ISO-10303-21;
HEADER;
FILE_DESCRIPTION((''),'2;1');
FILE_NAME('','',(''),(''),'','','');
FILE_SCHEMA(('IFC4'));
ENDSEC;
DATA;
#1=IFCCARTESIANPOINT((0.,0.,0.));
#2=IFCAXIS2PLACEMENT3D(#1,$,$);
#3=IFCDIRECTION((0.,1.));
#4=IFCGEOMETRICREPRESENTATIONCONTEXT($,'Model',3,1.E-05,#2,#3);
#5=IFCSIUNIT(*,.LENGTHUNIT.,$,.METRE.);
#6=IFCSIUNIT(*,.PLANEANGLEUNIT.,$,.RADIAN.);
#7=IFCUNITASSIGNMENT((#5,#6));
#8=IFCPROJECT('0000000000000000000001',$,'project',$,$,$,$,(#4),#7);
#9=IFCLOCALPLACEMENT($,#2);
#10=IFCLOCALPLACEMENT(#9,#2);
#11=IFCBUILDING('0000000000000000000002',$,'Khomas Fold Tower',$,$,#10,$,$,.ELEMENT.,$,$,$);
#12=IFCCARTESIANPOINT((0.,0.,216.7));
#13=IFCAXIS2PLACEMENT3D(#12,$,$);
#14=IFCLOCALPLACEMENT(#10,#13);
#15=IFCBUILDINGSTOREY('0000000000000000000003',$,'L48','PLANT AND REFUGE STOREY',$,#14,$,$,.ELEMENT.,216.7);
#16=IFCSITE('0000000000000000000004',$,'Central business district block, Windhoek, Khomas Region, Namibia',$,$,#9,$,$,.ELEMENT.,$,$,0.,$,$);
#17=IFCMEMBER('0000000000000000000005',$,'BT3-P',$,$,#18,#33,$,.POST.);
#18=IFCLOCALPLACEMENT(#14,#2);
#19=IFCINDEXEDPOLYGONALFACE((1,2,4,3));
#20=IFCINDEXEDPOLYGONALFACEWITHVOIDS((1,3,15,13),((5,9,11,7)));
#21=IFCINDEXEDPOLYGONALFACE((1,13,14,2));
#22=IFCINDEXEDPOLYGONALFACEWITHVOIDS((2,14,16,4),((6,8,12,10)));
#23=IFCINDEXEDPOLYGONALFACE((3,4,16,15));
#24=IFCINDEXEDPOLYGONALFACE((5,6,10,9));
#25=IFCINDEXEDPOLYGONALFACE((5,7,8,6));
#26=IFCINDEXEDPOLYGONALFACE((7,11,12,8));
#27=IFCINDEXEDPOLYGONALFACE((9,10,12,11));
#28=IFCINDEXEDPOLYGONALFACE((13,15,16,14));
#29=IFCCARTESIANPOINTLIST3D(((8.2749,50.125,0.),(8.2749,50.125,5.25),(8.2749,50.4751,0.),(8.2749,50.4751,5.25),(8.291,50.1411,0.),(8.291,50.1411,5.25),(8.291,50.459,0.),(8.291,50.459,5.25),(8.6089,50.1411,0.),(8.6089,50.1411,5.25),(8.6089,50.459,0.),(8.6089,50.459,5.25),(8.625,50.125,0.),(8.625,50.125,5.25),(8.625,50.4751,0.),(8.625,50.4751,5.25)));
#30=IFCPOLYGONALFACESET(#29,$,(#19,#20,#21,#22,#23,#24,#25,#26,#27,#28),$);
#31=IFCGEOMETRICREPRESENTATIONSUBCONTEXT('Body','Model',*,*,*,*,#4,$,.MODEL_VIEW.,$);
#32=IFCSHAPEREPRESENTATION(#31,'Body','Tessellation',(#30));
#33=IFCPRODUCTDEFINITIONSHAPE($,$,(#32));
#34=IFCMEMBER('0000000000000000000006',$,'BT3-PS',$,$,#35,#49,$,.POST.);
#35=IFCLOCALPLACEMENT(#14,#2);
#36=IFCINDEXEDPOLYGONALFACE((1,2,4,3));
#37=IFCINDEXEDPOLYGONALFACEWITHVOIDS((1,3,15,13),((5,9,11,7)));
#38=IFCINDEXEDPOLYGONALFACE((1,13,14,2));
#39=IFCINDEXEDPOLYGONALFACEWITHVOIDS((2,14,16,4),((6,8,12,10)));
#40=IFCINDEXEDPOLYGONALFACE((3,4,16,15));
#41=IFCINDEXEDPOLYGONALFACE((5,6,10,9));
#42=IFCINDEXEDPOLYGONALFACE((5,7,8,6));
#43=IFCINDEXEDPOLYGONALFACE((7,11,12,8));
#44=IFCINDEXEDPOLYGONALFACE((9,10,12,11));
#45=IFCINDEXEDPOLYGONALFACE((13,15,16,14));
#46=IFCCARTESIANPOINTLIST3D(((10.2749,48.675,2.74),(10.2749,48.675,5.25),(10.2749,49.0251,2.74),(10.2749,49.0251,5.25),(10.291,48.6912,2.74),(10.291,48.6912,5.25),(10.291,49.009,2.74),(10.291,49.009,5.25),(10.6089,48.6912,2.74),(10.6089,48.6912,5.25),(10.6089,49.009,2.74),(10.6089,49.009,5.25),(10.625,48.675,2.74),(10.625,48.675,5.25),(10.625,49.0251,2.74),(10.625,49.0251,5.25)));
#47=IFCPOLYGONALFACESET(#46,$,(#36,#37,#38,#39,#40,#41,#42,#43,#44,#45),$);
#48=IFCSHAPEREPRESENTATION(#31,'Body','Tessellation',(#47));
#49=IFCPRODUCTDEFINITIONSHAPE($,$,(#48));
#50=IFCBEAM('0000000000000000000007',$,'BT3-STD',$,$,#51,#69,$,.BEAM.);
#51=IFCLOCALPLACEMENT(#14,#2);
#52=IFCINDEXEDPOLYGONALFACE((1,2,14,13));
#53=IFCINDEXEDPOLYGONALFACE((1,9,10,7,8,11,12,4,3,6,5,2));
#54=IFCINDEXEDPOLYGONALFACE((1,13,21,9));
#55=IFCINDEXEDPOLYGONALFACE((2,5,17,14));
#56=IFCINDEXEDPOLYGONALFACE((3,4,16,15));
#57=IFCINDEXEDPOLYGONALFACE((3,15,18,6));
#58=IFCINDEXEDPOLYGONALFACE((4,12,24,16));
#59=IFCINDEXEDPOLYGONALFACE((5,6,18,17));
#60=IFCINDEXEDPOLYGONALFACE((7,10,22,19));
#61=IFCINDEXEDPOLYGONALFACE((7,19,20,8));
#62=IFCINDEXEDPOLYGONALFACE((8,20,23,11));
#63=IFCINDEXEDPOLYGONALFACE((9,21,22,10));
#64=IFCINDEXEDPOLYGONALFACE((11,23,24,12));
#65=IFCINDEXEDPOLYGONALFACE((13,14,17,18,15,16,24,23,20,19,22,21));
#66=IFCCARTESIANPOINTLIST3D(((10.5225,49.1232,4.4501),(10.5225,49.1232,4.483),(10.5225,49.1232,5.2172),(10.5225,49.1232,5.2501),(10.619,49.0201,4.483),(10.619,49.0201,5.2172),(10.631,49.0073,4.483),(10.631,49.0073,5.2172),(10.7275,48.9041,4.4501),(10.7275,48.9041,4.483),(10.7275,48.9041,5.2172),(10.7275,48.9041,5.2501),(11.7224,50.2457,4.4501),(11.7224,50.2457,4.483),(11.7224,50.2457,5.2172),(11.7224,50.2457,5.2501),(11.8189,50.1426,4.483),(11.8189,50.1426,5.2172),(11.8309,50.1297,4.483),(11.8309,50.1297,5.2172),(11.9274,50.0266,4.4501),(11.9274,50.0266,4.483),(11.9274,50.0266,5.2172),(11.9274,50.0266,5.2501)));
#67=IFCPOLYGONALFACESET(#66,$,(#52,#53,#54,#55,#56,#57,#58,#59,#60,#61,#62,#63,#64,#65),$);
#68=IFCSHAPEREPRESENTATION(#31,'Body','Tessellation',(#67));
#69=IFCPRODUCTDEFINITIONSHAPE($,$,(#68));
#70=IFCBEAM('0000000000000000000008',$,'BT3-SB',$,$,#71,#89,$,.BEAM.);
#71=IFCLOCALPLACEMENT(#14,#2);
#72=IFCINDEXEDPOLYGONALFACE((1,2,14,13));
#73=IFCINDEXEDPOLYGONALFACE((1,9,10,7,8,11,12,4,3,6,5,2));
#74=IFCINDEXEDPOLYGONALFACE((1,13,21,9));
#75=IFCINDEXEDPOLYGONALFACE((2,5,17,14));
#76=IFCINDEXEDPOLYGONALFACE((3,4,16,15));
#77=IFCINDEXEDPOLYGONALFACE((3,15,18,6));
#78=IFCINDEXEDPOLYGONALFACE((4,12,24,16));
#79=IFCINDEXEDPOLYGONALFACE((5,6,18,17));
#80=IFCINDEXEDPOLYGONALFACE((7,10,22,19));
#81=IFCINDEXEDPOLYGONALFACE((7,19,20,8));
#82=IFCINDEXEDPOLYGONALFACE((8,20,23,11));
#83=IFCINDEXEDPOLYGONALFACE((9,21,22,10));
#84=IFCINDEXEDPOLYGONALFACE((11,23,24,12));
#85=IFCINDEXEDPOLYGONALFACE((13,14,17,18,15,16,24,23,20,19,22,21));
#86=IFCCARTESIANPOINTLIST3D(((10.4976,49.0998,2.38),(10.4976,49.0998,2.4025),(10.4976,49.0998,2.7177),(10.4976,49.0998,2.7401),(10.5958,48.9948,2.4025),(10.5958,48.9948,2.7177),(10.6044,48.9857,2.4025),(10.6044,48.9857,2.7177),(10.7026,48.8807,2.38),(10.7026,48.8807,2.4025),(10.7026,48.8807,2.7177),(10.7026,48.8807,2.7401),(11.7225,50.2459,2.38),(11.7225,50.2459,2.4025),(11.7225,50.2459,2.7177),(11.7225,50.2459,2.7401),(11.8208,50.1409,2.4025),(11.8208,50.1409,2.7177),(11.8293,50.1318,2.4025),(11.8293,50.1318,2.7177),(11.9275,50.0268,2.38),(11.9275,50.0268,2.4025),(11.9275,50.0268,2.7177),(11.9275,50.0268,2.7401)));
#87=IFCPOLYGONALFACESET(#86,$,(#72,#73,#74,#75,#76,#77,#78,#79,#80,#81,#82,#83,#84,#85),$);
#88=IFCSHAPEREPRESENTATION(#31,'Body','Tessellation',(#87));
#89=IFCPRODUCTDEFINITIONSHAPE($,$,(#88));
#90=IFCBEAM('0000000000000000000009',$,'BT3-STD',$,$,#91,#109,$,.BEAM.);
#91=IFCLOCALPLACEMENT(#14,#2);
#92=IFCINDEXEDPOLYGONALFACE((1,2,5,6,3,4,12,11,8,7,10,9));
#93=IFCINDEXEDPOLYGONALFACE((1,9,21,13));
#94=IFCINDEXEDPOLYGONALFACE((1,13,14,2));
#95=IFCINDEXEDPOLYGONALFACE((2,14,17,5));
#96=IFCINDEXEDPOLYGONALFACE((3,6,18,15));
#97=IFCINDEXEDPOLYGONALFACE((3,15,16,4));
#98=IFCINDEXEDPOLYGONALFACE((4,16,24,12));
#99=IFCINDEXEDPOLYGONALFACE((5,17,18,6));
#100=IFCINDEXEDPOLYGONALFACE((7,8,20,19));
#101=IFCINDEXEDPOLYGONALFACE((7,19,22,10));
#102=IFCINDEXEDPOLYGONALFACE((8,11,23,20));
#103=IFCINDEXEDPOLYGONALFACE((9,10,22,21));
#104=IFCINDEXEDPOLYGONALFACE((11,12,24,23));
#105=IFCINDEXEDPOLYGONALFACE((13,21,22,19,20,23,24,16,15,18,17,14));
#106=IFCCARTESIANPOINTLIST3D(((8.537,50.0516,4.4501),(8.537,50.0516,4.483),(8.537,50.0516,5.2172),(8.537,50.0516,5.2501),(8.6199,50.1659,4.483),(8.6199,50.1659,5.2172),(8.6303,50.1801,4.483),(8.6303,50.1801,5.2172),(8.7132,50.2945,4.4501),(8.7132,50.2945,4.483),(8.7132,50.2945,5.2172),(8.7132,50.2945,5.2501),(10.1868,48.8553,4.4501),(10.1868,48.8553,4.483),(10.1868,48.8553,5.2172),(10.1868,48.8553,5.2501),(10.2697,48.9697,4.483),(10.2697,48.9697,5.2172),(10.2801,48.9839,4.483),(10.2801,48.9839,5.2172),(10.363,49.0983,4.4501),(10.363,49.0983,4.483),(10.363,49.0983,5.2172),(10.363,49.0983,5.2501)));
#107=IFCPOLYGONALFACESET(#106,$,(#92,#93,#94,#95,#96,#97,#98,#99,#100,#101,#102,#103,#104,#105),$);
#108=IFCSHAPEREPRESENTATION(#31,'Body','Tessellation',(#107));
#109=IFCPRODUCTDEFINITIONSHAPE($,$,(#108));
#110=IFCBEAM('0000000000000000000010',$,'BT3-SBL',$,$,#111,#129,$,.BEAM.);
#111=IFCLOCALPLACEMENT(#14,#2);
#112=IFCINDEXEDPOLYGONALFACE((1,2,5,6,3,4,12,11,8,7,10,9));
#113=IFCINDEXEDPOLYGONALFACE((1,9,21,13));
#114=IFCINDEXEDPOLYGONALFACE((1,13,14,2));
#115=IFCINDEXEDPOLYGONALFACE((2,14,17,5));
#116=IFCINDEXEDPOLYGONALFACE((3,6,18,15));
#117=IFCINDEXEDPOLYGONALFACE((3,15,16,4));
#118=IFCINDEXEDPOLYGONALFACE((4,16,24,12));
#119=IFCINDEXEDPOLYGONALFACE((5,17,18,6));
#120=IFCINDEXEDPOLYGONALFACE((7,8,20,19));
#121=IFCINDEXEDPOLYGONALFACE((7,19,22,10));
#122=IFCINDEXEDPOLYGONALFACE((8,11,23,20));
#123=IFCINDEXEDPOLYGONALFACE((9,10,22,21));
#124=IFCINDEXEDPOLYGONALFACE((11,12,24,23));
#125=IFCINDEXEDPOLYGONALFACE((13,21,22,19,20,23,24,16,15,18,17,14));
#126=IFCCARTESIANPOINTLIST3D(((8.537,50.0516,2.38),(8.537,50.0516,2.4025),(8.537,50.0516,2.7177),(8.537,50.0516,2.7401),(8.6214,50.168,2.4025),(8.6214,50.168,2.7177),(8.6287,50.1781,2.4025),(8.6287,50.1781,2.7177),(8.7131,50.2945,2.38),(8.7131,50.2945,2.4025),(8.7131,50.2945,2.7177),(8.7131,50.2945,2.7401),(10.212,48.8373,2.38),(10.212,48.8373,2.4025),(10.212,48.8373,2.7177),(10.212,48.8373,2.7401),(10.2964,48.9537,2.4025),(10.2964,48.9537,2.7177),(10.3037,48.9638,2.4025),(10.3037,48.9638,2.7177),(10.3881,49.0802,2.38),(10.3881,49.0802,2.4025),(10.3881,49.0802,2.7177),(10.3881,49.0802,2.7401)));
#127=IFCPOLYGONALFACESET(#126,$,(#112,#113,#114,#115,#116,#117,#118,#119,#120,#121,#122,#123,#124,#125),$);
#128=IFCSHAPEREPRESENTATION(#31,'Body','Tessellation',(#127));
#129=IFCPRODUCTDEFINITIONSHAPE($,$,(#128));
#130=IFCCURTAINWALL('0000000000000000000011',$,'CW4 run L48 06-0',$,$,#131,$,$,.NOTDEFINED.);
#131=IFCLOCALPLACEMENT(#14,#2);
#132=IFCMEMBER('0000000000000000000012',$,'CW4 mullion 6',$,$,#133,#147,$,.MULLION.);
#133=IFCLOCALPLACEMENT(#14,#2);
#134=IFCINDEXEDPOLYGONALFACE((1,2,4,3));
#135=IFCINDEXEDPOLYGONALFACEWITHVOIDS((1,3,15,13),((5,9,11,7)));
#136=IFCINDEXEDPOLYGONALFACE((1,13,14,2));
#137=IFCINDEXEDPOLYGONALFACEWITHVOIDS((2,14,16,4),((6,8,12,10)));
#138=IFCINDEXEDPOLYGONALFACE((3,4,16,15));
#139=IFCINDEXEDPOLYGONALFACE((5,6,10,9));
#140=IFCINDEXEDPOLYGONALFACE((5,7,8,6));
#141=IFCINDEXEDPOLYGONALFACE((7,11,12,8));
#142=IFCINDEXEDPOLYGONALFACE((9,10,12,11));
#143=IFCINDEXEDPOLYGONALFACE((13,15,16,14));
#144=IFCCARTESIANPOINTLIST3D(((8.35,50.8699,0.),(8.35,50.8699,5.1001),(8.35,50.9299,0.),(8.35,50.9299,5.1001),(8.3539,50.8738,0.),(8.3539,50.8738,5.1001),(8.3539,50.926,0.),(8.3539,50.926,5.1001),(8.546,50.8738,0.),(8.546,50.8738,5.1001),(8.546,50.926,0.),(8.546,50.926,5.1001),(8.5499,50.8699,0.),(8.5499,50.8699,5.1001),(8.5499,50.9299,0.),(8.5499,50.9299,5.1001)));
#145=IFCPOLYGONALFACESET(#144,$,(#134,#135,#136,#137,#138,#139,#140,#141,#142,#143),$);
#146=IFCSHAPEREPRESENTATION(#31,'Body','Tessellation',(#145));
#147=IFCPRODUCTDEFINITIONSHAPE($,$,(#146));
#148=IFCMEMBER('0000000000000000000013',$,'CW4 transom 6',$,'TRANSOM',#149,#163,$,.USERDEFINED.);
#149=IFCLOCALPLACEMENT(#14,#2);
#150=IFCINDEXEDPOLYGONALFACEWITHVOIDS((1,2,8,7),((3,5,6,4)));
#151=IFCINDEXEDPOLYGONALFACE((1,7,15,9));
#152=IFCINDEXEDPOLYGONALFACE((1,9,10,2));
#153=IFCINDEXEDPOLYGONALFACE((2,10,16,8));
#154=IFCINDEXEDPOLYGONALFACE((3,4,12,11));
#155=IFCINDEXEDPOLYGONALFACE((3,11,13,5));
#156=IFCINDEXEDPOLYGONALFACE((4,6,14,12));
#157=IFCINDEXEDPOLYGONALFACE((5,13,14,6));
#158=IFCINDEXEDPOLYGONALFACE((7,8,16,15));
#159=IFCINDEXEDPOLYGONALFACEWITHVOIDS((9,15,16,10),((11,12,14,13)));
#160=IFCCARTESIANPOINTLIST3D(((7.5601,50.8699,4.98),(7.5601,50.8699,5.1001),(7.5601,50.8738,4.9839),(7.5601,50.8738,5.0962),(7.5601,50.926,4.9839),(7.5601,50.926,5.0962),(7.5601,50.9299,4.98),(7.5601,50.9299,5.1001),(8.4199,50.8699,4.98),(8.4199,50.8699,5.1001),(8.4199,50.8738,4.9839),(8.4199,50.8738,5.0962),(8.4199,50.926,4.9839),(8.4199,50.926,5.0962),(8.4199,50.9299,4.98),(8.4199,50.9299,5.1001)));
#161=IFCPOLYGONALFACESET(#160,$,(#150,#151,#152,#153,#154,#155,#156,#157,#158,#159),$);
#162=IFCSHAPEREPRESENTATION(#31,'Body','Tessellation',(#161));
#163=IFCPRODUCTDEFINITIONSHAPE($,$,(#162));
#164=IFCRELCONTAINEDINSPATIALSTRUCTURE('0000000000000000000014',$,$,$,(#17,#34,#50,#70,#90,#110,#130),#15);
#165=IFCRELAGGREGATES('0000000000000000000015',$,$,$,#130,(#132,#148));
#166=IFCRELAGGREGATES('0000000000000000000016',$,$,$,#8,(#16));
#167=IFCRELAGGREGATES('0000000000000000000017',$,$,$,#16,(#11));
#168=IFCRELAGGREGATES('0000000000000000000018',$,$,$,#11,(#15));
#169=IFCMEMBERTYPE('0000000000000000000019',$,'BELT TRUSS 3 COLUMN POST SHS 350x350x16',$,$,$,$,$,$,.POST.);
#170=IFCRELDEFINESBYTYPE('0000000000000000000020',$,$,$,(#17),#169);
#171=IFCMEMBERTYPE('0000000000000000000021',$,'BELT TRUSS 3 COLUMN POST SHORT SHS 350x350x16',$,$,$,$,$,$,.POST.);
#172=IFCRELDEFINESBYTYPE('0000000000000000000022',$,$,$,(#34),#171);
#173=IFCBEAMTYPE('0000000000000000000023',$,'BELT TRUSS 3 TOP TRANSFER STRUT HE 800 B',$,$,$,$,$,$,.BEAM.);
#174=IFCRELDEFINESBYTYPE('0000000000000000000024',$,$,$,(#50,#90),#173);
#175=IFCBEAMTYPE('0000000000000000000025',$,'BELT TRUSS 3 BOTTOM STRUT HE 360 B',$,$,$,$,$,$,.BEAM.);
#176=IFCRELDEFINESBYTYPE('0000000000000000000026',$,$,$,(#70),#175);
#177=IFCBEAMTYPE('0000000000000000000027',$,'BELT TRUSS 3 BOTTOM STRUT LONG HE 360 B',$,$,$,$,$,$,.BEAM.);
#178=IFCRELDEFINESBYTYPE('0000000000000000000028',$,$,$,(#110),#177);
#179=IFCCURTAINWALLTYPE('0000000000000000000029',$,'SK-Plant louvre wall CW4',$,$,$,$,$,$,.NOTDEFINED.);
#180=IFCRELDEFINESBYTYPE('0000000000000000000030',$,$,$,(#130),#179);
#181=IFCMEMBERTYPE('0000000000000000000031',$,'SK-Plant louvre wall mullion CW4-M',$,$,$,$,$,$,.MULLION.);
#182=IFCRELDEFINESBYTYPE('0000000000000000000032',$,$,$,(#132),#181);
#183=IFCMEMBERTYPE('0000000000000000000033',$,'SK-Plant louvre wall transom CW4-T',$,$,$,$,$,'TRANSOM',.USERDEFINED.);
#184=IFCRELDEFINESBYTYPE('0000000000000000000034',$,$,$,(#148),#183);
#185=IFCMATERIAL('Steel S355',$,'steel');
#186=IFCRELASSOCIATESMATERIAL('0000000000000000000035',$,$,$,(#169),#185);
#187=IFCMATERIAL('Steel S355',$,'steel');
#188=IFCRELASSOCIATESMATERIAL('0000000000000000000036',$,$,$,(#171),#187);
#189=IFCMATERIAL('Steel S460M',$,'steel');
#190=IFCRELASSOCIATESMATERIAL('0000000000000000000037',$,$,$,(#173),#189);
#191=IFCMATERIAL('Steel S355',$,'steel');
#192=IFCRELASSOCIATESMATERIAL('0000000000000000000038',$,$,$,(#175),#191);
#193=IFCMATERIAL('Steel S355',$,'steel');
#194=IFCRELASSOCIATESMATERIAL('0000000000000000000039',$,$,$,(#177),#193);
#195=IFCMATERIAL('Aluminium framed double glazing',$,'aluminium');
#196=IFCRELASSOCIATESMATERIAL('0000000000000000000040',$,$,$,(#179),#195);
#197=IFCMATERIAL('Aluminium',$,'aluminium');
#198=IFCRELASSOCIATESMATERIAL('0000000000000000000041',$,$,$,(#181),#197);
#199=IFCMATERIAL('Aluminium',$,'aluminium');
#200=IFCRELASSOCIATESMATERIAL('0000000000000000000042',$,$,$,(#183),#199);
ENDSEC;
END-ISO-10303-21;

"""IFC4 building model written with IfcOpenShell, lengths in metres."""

from ifc_helpers import new_model, si_unit, direction, frame, origin, origin_2d, place, context, subcontext, project, spatial, hollow_rectangle, i_section, extrude, source, transform, mapped, material, material_profile, profile_set, type_object, element, aggregate, save


model = new_model("IFC4")

# Units and contexts
model_context = context("Model", 3, precision=1e-05, world=origin(), true_north=direction((0.0, 1.0)))
body_context = subcontext(model_context, "Body", "Model", "MODEL_VIEW")
ifc_project = project(units=[si_unit("LENGTHUNIT", "METRE"), si_unit("PLANEANGLEUNIT", "RADIAN")], contexts=[model_context])

# Site, building, storey
site_placement = place(None, origin())
site = spatial("IfcSite", under=ifc_project, at=site_placement, Name="Central business district block, Windhoek, Khomas Region, Namibia", CompositionType="ELEMENT", RefElevation=0.0)
building_placement = place(site_placement, origin())
building = spatial("IfcBuilding", under=site, at=building_placement, Name="Khomas Fold Tower", CompositionType="ELEMENT")
storey_placement = place(building_placement, frame((0.0, 0.0, 216.7)))
storey = spatial("IfcBuildingStorey", under=building, at=storey_placement, Name="L48", Description="PLANT AND REFUGE STOREY", CompositionType="ELEMENT", Elevation=216.7)

# Members
ifc_material_1 = material(Name="Steel S355", Category="steel")
ifc_material_profile_1 = material_profile(ifc_material_1, hollow_rectangle(XDim=0.3501, YDim=0.3501, WallThickness=0.0161, at=origin_2d()), Name="SHS 350x350x16")
ifc_profile_set_1 = profile_set([ifc_material_profile_1], Name="Steel S355")
member_type_1 = type_object("IfcMemberType", Name="BELT TRUSS 3 COLUMN POST SHS 350x350x16", PredefinedType="POST", material=ifc_profile_set_1)
shared_shape_1 = source(origin(), body_context, "Body", "SweptSolid", [
    extrude(hollow_rectangle(XDim=0.3501, YDim=0.3501, WallThickness=0.0161, at=origin_2d()), origin(), (0.0, 0.0, 1.0), 5.25),
])
member_1_placement = place(storey_placement, frame((8.45, 50.3, 0.0), z_axis=(0.0, 0.0, 1.0), x_axis=(1.0, 0.0, 0.0)))
element("IfcMember", 1, at=member_1_placement, inside=storey, type_object=member_type_1, Name="BT3-P", PredefinedType="POST", context=body_context, shape_type="MappedRepresentation", body=[
    mapped(shared_shape_1, transform((0.0, 0.0, 0.0))),
])
ifc_material_2 = material(Name="Steel S355", Category="steel")
ifc_material_profile_2 = material_profile(ifc_material_2, hollow_rectangle(XDim=0.3501, YDim=0.3501, WallThickness=0.0161, at=origin_2d()), Name="SHS 350x350x16")
ifc_profile_set_2 = profile_set([ifc_material_profile_2], Name="Steel S355")
member_type_2 = type_object("IfcMemberType", Name="BELT TRUSS 3 COLUMN POST SHORT SHS 350x350x16", PredefinedType="POST", material=ifc_profile_set_2)
shared_shape_2 = source(origin(), body_context, "Body", "SweptSolid", [
    extrude(hollow_rectangle(XDim=0.3501, YDim=0.3501, WallThickness=0.0161, at=origin_2d()), origin(), (0.0, 0.0, 1.0), 2.51),
])
member_2_placement = place(storey_placement, frame((10.45, 48.8501, 2.74), z_axis=(0.0, 0.0, 1.0), x_axis=(1.0, 0.0, 0.0)))
element("IfcMember", 2, at=member_2_placement, inside=storey, type_object=member_type_2, Name="BT3-PS", PredefinedType="POST", context=body_context, shape_type="MappedRepresentation", body=[
    mapped(shared_shape_2, transform((0.0, 0.0, 0.0))),
])

# Beams
ifc_material_3 = material(Name="Steel S460M", Category="steel")
ifc_material_profile_3 = material_profile(ifc_material_3, i_section(OverallWidth=0.3, OverallDepth=0.8, WebThickness=0.0176, FlangeThickness=0.033, at=origin_2d()), Name="HE 800 B")
ifc_profile_set_3 = profile_set([ifc_material_profile_3], Name="Steel S460M")
beam_type_1 = type_object("IfcBeamType", Name="BELT TRUSS 3 TOP TRANSFER STRUT HE 800 B", PredefinedType="BEAM", material=ifc_profile_set_3)
shared_shape_3 = source(origin(), body_context, "Body", "SweptSolid", [
    extrude(i_section(OverallWidth=0.3, OverallDepth=0.8, WebThickness=0.0176, FlangeThickness=0.033, at=origin_2d()), origin(), (0.0, 0.0, 1.0), 1.6431),
])
beam_1_placement = place(storey_placement, frame((10.625, 49.0137, 4.8501), z_axis=(0.730264, 0.683165, 0.0), x_axis=(-0.683165, 0.730264, 0.0)))
element("IfcBeam", 3, at=beam_1_placement, inside=storey, type_object=beam_type_1, Name="BT3-STD", PredefinedType="BEAM", context=body_context, shape_type="MappedRepresentation", body=[
    mapped(shared_shape_3, transform((0.0, 0.0, 0.0))),
])
ifc_material_4 = material(Name="Steel S355", Category="steel")
ifc_material_profile_4 = material_profile(ifc_material_4, i_section(OverallWidth=0.3, OverallDepth=0.3601, WebThickness=0.0125, FlangeThickness=0.0225, at=origin_2d()), Name="HE 360 B")
ifc_profile_set_4 = profile_set([ifc_material_profile_4], Name="Steel S355")
beam_type_2 = type_object("IfcBeamType", Name="BELT TRUSS 3 BOTTOM STRUT HE 360 B", PredefinedType="BEAM", material=ifc_profile_set_4)
shared_shape_4 = source(origin(), body_context, "Body", "SweptSolid", [
    extrude(i_section(OverallWidth=0.3, OverallDepth=0.3601, WebThickness=0.0125, FlangeThickness=0.0225, at=origin_2d()), origin(), (0.0, 0.0, 1.0), 1.6775),
])
beam_2_placement = place(storey_placement, frame((10.6001, 48.9902, 2.5601), z_axis=(0.730222, 0.68321, 0.0), x_axis=(-0.68321, 0.730222, 0.0)))
element("IfcBeam", 4, at=beam_2_placement, inside=storey, type_object=beam_type_2, Name="BT3-SB", PredefinedType="BEAM", context=body_context, shape_type="MappedRepresentation", body=[
    mapped(shared_shape_4, transform((0.0, 0.0, 0.0))),
])
shared_shape_5 = source(origin(), body_context, "Body", "SweptSolid", [
    extrude(i_section(OverallWidth=0.3, OverallDepth=0.8, WebThickness=0.0176, FlangeThickness=0.033, at=origin_2d()), origin(), (0.0, 0.0, 1.0), 2.0378),
])
beam_3_placement = place(storey_placement, frame((10.2749, 48.9768, 4.8501), z_axis=(-0.809585, 0.587003, 0.0), x_axis=(-0.587003, -0.809585, 0.0)))
element("IfcBeam", 5, at=beam_3_placement, inside=storey, type_object=beam_type_1, Name="BT3-STD", PredefinedType="BEAM", context=body_context, shape_type="MappedRepresentation", body=[
    mapped(shared_shape_5, transform((0.0, 0.0, 0.0))),
])
ifc_material_5 = material(Name="Steel S355", Category="steel")
ifc_material_profile_5 = material_profile(ifc_material_5, i_section(OverallWidth=0.3, OverallDepth=0.3601, WebThickness=0.0125, FlangeThickness=0.0225, at=origin_2d()), Name="HE 360 B")
ifc_profile_set_5 = profile_set([ifc_material_profile_5], Name="Steel S355")
beam_type_3 = type_object("IfcBeamType", Name="BELT TRUSS 3 BOTTOM STRUT LONG HE 360 B", PredefinedType="BEAM", material=ifc_profile_set_5)
shared_shape_6 = source(origin(), body_context, "Body", "SweptSolid", [
    extrude(i_section(OverallWidth=0.3, OverallDepth=0.3601, WebThickness=0.0125, FlangeThickness=0.0225, at=origin_2d()), origin(), (0.0, 0.0, 1.0), 2.0688),
])
beam_4_placement = place(storey_placement, frame((10.3, 48.9587, 2.5601), z_axis=(-0.809623, 0.58695, 0.0), x_axis=(-0.58695, -0.809623, 0.0)))
element("IfcBeam", 6, at=beam_4_placement, inside=storey, type_object=beam_type_3, Name="BT3-SBL", PredefinedType="BEAM", context=body_context, shape_type="MappedRepresentation", body=[
    mapped(shared_shape_6, transform((0.0, 0.0, 0.0))),
])

# Curtain wall, members
ifc_material_6 = material(Name="Aluminium framed double glazing", Category="aluminium")
curtain_wall_type = type_object("IfcCurtainWallType", Name="SK-Plant louvre wall CW4", PredefinedType="NOTDEFINED", material=ifc_material_6)
curtain_wall_placement = place(storey_placement, origin())
curtain_wall = element("IfcCurtainWall", 7, at=curtain_wall_placement, inside=storey, type_object=curtain_wall_type, Name="CW4 run L48 06-0", PredefinedType="NOTDEFINED")
ifc_material_7 = material(Name="Aluminium", Category="aluminium")
ifc_material_profile_6 = material_profile(ifc_material_7, hollow_rectangle(XDim=0.0601, YDim=0.2, WallThickness=0.0039, at=origin_2d()), Name="SK-Plant louvre wall mullion CW4-M")
ifc_profile_set_6 = profile_set([ifc_material_profile_6], Name="Aluminium")
member_type_3 = type_object("IfcMemberType", Name="SK-Plant louvre wall mullion CW4-M", PredefinedType="MULLION", material=ifc_profile_set_6)
shared_shape_7 = source(origin(), body_context, "Body", "SweptSolid", [
    extrude(hollow_rectangle(XDim=0.0601, YDim=0.2, WallThickness=0.0039, at=origin_2d()), origin(), (0.0, 0.0, 1.0), 5.1001),
])
member_3_placement = place(storey_placement, frame((8.45, 50.8999, 0.0), z_axis=(0.0, 0.0, 1.0), x_axis=(0.0, -1.0, 0.0)))
member_3 = element("IfcMember", 8, at=member_3_placement, type_object=member_type_3, Name="CW4 mullion 6", PredefinedType="MULLION", context=body_context, shape_type="MappedRepresentation", body=[
    mapped(shared_shape_7, transform((0.0, 0.0, 0.0))),
])
ifc_material_8 = material(Name="Aluminium", Category="aluminium")
ifc_material_profile_7 = material_profile(ifc_material_8, hollow_rectangle(XDim=0.0601, YDim=0.1201, WallThickness=0.0039, at=origin_2d()), Name="SK-Plant louvre wall transom CW4-T")
ifc_profile_set_7 = profile_set([ifc_material_profile_7], Name="Aluminium")
member_type_4 = type_object("IfcMemberType", Name="SK-Plant louvre wall transom CW4-T", ElementType="TRANSOM", PredefinedType="USERDEFINED", material=ifc_profile_set_7)
shared_shape_8 = source(origin(), body_context, "Body", "SweptSolid", [
    extrude(hollow_rectangle(XDim=0.0601, YDim=0.1201, WallThickness=0.0039, at=origin_2d()), origin(), (0.0, 0.0, 1.0), 0.8599),
])
member_4_placement = place(storey_placement, frame((8.4199, 50.8999, 5.04), z_axis=(-1.0, 0.0, 0.0), x_axis=(0.0, -1.0, 0.0)))
member_4 = element("IfcMember", 9, at=member_4_placement, type_object=member_type_4, Name="CW4 transom 6", ObjectType="TRANSOM", PredefinedType="USERDEFINED", context=body_context, shape_type="MappedRepresentation", body=[
    mapped(shared_shape_8, transform((0.0, 0.0, 0.0))),
])
aggregate(curtain_wall, [member_3, member_4])

save(model, "model.ifc")
